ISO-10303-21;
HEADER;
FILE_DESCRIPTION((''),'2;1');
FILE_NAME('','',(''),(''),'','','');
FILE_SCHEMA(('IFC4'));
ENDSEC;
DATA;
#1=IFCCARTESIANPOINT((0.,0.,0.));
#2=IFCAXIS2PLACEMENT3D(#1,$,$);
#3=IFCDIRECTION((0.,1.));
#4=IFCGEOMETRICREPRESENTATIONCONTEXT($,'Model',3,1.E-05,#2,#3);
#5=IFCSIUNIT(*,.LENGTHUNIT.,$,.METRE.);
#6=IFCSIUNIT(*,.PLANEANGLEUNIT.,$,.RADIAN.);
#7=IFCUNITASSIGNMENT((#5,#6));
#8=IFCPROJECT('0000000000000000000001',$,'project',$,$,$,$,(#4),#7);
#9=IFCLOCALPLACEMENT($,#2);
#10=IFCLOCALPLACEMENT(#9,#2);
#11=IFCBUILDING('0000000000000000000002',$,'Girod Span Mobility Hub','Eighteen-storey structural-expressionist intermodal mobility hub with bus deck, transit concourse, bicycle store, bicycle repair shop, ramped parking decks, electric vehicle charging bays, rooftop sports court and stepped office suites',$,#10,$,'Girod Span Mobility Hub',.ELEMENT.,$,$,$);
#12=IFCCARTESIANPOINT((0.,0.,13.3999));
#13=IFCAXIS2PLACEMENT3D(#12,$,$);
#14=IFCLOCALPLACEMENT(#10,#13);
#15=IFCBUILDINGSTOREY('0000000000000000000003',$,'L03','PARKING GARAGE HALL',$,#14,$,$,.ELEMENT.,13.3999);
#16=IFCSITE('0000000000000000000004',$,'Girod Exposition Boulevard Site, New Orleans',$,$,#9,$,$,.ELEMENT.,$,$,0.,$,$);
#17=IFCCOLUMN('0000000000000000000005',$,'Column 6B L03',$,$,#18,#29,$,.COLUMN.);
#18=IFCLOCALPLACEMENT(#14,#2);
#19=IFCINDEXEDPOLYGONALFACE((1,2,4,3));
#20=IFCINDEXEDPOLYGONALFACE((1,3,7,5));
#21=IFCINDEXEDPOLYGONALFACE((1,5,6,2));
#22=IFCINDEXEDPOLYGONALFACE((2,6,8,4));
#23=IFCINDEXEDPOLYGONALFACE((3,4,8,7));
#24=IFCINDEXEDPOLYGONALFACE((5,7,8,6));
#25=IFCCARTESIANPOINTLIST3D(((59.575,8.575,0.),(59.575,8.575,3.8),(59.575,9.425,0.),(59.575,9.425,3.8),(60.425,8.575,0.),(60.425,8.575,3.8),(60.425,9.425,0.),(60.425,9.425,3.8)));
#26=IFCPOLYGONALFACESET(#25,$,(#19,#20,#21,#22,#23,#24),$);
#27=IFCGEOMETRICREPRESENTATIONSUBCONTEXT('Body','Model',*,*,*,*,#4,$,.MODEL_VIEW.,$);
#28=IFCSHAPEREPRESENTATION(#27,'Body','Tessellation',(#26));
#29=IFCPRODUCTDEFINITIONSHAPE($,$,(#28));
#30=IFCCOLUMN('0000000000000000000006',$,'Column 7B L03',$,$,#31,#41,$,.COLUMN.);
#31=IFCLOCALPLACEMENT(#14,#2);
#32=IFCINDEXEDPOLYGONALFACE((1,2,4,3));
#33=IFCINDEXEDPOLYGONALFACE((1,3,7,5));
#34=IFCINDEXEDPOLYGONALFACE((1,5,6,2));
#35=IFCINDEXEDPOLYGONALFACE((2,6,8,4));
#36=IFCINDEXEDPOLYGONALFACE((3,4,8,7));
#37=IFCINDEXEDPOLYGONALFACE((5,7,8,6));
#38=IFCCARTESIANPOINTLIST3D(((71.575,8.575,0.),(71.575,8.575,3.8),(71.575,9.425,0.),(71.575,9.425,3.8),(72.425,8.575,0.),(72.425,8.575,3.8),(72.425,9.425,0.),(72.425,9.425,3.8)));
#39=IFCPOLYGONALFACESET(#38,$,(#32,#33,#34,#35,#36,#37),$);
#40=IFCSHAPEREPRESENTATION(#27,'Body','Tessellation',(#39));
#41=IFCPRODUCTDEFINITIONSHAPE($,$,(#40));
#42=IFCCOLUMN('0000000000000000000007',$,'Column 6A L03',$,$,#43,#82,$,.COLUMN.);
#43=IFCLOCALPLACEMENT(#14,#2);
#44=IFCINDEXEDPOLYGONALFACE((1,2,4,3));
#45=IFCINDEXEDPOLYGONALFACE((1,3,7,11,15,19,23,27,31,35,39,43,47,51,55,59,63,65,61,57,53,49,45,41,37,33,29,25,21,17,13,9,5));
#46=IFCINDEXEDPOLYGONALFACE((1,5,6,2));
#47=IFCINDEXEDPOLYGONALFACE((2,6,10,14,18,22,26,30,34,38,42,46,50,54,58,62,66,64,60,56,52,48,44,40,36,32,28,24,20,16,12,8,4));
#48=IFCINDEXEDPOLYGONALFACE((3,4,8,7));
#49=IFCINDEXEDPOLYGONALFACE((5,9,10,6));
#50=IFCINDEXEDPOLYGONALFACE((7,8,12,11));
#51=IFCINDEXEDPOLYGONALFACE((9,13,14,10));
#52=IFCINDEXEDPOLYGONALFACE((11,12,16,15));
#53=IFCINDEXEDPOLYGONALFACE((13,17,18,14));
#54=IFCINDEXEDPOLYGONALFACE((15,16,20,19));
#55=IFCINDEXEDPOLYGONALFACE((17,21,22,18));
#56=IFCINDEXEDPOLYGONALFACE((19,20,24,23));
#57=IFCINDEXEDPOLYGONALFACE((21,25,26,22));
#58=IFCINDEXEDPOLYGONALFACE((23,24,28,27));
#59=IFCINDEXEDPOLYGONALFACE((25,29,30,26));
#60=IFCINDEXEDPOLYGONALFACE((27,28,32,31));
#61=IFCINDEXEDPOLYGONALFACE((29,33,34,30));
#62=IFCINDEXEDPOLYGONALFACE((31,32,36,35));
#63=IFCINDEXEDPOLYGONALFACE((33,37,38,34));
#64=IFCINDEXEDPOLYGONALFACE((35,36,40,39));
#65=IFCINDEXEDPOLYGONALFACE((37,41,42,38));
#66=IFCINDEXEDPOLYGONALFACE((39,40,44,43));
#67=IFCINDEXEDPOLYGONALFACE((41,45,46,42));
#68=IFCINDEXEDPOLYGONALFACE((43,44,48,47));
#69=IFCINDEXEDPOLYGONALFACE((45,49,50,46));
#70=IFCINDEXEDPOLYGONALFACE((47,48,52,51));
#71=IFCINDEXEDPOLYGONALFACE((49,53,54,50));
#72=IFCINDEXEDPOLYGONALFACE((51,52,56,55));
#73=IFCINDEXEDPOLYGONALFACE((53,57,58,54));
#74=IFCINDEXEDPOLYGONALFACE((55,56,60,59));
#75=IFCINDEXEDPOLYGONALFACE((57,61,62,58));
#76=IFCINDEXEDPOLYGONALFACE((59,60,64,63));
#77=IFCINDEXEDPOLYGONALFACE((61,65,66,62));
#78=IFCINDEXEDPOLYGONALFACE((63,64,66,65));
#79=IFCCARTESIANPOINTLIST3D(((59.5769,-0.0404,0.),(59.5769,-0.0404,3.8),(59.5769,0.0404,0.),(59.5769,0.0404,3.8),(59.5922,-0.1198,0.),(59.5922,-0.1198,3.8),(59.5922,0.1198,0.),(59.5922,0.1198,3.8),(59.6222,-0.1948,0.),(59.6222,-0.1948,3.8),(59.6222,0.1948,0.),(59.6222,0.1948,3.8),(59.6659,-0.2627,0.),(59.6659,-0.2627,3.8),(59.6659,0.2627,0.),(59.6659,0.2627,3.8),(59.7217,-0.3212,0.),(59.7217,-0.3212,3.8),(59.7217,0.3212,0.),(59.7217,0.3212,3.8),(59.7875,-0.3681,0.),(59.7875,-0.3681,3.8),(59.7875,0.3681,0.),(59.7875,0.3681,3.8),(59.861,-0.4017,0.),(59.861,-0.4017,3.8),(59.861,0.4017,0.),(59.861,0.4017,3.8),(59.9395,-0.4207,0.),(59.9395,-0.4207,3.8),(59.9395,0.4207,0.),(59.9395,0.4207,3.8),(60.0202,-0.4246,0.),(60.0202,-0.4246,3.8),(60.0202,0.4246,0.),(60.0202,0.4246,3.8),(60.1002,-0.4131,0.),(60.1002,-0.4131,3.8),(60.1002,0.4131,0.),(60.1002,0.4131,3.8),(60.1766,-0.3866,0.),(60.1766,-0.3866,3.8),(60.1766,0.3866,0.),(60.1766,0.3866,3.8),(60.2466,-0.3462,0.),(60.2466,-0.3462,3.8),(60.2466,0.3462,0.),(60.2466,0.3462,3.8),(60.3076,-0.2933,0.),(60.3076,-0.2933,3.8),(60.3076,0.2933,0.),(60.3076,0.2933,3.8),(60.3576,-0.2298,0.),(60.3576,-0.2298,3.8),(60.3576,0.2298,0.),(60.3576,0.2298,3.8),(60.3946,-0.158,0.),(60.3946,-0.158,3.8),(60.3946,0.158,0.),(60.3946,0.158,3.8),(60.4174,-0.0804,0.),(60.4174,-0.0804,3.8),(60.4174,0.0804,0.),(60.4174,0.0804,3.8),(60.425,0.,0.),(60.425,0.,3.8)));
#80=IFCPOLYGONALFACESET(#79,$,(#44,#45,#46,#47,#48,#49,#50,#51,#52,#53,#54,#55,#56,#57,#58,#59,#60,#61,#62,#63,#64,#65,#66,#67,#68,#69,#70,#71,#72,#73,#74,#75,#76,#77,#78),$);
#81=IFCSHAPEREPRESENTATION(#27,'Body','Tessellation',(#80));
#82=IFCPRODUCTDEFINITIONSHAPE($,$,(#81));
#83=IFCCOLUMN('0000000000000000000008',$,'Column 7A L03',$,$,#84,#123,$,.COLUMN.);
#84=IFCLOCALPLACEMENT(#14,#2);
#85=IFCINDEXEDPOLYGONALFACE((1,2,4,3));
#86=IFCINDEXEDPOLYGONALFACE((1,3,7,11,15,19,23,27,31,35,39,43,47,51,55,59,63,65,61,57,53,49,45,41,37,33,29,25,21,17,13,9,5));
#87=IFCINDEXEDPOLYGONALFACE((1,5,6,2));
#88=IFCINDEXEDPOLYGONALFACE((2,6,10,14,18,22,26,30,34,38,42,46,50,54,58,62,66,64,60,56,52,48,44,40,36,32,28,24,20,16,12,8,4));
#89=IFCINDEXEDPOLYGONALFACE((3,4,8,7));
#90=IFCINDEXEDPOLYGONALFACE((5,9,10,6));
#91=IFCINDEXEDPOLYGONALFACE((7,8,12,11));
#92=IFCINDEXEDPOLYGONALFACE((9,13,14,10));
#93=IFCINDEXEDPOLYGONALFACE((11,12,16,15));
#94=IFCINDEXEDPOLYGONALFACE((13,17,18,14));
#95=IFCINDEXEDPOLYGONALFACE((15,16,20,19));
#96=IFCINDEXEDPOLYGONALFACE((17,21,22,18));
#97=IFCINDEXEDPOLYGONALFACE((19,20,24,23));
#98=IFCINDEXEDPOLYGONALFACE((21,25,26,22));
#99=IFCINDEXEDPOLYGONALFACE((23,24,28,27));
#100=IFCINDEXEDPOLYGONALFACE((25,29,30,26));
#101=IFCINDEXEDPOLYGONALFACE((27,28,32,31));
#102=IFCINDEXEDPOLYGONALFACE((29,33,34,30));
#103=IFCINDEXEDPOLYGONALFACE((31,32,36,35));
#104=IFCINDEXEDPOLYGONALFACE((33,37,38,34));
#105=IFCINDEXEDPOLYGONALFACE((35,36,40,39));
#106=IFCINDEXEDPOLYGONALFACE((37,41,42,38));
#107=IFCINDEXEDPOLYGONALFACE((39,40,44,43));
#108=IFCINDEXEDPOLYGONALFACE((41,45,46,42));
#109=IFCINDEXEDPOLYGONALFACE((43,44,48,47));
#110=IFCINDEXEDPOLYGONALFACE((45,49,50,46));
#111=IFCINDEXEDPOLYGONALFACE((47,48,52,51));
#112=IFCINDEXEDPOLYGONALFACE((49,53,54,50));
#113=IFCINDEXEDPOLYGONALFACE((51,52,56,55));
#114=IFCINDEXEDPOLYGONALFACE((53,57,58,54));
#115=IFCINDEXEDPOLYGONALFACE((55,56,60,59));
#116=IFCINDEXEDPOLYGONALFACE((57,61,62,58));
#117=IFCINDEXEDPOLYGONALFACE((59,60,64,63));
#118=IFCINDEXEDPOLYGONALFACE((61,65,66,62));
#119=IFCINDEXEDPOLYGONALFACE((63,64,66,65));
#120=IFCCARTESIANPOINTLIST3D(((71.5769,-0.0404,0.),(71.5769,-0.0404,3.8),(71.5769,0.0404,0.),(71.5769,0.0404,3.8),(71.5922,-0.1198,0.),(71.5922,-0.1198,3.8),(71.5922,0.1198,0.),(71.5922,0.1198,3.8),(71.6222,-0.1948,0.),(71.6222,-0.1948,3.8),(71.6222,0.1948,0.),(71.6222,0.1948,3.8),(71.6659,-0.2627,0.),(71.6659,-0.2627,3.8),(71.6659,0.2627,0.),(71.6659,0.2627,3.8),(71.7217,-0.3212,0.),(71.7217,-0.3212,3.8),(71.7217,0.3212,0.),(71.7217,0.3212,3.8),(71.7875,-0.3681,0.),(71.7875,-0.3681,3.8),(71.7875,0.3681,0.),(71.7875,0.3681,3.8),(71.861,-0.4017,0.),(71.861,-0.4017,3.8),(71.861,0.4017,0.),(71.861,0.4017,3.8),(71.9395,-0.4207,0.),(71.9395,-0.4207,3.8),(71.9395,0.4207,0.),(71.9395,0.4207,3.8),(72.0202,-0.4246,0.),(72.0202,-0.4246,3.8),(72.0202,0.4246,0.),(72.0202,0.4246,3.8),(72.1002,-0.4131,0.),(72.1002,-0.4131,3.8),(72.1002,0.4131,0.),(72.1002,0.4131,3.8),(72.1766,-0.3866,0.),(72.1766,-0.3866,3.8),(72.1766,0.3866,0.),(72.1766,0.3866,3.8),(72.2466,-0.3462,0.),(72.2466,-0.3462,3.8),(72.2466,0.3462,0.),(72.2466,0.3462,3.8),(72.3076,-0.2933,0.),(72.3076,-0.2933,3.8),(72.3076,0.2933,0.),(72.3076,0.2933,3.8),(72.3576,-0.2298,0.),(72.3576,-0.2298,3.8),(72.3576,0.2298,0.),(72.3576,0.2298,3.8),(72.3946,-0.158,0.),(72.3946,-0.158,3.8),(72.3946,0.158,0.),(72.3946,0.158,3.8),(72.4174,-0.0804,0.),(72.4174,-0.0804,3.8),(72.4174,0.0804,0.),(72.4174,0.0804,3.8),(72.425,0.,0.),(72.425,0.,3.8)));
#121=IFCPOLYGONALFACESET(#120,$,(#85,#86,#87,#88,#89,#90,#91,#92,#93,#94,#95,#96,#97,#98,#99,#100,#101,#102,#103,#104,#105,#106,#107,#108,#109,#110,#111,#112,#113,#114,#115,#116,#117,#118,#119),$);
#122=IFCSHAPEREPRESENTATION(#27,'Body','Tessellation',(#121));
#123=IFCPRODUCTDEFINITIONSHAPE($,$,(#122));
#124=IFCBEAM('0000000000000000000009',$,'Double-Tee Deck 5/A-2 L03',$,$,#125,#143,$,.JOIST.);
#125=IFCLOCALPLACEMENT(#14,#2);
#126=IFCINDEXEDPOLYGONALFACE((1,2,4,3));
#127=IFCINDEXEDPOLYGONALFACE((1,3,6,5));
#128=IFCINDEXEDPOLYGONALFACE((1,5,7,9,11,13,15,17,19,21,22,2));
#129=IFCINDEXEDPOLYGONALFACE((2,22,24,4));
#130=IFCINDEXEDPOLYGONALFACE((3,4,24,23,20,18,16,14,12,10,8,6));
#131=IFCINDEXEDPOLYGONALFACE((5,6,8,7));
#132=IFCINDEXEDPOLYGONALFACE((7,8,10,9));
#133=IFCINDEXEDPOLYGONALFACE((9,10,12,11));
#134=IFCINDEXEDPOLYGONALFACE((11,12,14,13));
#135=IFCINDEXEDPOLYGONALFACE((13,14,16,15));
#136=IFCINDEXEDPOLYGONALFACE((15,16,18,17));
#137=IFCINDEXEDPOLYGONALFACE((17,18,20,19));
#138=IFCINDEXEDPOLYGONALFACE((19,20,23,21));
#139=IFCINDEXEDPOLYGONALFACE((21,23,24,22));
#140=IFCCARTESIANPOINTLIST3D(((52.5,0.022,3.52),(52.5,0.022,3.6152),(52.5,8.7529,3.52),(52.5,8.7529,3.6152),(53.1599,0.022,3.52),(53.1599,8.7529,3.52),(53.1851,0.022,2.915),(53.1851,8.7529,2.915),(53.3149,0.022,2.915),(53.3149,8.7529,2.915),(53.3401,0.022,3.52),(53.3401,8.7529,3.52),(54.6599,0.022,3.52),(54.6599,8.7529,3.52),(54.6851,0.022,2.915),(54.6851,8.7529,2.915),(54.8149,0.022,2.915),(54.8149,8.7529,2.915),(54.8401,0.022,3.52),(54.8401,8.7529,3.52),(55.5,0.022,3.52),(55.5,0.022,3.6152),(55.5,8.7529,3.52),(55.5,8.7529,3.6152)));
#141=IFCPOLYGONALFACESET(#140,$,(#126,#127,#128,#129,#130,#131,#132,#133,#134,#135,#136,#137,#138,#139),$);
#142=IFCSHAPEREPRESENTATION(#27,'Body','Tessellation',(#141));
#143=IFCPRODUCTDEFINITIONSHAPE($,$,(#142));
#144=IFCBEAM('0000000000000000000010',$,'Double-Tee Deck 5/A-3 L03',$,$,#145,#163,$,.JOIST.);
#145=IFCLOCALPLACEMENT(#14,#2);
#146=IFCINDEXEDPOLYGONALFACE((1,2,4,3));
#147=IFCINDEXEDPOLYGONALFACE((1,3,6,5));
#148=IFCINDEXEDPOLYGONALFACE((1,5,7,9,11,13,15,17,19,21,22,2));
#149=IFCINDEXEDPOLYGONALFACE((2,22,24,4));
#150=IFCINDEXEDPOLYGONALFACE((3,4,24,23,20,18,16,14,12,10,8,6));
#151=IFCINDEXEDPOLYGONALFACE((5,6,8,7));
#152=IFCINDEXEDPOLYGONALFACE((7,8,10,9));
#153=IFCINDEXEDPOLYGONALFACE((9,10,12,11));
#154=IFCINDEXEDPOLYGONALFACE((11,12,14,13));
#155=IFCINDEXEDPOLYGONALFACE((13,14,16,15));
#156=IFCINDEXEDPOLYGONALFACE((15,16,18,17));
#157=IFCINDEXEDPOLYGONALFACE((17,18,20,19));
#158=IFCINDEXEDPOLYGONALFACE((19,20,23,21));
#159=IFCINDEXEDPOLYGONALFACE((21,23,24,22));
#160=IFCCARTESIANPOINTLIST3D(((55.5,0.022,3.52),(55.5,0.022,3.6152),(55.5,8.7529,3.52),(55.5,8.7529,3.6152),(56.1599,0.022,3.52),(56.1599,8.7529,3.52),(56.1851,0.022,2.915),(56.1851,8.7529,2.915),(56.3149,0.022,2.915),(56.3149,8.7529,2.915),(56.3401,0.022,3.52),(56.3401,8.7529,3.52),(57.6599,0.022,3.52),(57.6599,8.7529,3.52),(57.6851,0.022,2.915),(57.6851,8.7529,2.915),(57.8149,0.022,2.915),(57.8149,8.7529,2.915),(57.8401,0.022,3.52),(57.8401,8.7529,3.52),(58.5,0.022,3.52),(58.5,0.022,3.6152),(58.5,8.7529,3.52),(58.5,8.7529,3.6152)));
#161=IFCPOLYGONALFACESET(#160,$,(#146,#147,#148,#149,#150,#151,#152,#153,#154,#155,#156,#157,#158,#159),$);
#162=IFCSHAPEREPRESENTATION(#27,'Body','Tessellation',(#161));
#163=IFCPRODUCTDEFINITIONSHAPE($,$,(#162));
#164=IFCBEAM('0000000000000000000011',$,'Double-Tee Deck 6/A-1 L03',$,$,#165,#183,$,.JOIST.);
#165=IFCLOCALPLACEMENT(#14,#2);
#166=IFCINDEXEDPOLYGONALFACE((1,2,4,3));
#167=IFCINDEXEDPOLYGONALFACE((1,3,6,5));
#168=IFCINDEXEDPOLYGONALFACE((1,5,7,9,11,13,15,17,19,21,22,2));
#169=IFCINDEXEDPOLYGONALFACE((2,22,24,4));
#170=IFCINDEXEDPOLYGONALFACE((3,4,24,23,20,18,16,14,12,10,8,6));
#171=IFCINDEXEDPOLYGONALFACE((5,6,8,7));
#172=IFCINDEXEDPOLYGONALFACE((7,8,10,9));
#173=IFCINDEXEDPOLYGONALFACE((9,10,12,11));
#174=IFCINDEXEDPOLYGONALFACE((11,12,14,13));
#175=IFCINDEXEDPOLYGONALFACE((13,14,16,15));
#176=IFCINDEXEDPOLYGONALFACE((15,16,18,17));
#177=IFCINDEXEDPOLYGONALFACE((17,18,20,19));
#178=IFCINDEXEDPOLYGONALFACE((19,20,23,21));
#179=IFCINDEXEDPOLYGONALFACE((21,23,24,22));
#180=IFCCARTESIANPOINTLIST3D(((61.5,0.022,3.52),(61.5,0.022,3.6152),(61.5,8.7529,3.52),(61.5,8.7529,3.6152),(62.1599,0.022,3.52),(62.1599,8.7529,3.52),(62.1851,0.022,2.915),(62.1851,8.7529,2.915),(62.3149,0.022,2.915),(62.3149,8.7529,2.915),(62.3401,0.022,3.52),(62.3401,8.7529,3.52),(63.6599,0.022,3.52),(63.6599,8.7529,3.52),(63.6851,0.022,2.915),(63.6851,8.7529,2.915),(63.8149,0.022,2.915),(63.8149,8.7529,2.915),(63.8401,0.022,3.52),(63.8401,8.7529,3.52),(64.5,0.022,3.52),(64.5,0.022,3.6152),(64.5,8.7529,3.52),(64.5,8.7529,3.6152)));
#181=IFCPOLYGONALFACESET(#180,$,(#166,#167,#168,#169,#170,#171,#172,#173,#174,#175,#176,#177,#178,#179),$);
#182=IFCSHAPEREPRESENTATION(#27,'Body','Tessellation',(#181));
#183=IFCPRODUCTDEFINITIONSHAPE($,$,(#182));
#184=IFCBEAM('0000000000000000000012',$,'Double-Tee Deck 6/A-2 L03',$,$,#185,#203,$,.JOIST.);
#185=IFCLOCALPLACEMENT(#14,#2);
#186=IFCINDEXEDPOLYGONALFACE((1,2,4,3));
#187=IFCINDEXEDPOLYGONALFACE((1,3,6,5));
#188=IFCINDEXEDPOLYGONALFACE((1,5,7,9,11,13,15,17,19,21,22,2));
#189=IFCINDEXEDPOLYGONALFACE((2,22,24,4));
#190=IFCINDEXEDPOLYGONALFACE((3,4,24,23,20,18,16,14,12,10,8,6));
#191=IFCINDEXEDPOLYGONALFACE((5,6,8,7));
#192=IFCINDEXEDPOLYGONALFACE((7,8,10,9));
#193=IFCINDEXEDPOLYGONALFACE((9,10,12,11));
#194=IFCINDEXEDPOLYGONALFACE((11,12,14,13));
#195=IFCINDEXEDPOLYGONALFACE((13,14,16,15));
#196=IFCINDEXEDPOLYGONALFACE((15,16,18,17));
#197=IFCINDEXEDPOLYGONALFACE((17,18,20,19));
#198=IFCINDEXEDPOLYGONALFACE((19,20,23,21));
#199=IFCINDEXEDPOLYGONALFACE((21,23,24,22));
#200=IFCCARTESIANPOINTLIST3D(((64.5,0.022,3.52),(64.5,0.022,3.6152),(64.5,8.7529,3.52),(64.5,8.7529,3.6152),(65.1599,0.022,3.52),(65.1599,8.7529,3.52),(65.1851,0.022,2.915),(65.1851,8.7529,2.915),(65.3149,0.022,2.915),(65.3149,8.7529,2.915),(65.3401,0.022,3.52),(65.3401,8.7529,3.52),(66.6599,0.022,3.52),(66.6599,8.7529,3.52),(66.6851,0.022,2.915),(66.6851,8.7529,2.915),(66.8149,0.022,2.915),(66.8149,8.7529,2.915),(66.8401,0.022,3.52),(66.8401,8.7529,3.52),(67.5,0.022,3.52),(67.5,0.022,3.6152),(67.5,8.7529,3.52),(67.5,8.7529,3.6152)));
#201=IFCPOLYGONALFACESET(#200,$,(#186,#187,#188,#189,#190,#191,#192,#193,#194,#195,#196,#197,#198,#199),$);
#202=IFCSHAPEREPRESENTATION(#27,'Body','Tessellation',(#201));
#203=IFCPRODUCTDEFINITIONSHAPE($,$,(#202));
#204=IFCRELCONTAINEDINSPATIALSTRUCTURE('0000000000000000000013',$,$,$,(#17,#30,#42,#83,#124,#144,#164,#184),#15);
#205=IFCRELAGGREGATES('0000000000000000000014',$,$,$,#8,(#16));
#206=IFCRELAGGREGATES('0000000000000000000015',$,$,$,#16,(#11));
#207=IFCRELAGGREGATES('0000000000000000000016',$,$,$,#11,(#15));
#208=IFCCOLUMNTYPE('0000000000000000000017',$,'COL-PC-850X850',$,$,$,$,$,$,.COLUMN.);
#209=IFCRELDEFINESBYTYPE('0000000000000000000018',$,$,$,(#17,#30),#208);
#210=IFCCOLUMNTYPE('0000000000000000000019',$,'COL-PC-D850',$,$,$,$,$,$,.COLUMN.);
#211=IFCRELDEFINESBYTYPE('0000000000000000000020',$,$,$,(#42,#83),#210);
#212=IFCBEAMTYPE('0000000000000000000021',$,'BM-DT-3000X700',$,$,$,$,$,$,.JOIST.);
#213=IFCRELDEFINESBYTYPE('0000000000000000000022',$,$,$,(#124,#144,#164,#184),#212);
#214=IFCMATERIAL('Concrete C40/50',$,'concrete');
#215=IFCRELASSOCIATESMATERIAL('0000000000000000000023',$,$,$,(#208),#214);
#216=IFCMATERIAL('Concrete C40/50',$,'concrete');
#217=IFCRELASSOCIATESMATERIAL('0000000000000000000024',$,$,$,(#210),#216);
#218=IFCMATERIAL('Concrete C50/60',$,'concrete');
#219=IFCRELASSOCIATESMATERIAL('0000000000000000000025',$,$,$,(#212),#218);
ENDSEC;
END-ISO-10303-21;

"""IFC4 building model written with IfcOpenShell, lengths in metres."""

from ifc_helpers import new_model, si_unit, direction, frame, origin, origin_2d, place, context, subcontext, project, spatial, polyline, rectangle, circle, outline, extrude, material, material_profile, profile_set, type_object, element, save


model = new_model("IFC4")

# Units and contexts
model_context = context("Model", 3, precision=1e-05, world=origin(), true_north=direction((0.0, 1.0)))
body_context = subcontext(model_context, "Body", "Model", "MODEL_VIEW")
ifc_project = project(units=[si_unit("LENGTHUNIT", "METRE"), si_unit("PLANEANGLEUNIT", "RADIAN")], contexts=[model_context])

# Site, building, storey
site_placement = place(None, origin())
site = spatial("IfcSite", under=ifc_project, at=site_placement, Name="Girod Exposition Boulevard Site, New Orleans", CompositionType="ELEMENT", RefElevation=0.0)
building_placement = place(site_placement, origin())
building = spatial("IfcBuilding", under=site, at=building_placement, Name="Girod Span Mobility Hub", Description="Eighteen-storey structural-expressionist intermodal mobility hub with bus deck, transit concourse, bicycle store, bicycle repair shop, ramped parking decks, electric vehicle charging bays, rooftop sports court and stepped office suites", LongName="Girod Span Mobility Hub", CompositionType="ELEMENT")
storey_placement = place(building_placement, frame((0.0, 0.0, 13.3999)))
storey = spatial("IfcBuildingStorey", under=building, at=storey_placement, Name="L03", Description="PARKING GARAGE HALL", CompositionType="ELEMENT", Elevation=13.3999)

# Columns
ifc_material_1 = material(Name="Concrete C40/50", Category="concrete")
ifc_material_profile_1 = material_profile(ifc_material_1, rectangle(XDim=0.8501, YDim=0.8501, at=origin_2d()), Name="PC-COL-850X850")
ifc_profile_set_1 = profile_set([ifc_material_profile_1], Name="Concrete C40/50")
column_type_1 = type_object("IfcColumnType", Name="COL-PC-850X850", PredefinedType="COLUMN", material=ifc_profile_set_1)
for number, where, z_axis, x_axis, name in (
    (1, (60.0, 9.0, 0.0), (0.0, 0.0, 1.0), (1.0, 0.0, 0.0), "Column 6B L03"),
    (2, (72.0, 9.0, 0.0), (0.0, 0.0, 1.0), (1.0, 0.0, 0.0), "Column 7B L03"),
):
    element("IfcColumn", number, at=place(storey_placement, frame(where, z_axis=z_axis, x_axis=x_axis)), inside=storey, type_object=column_type_1, Name=name, PredefinedType="COLUMN", context=body_context, shape_type="SweptSolid", body=[
        extrude(rectangle(XDim=0.8501, YDim=0.8501, at=origin_2d()), origin(), (0.0, 0.0, 1.0), 3.8),
    ])
ifc_material_2 = material(Name="Concrete C40/50", Category="concrete")
ifc_material_profile_2 = material_profile(ifc_material_2, circle(Radius=0.425, at=origin_2d()), Name="PC-CIR-D850")
ifc_profile_set_2 = profile_set([ifc_material_profile_2], Name="Concrete C40/50")
column_type_2 = type_object("IfcColumnType", Name="COL-PC-D850", PredefinedType="COLUMN", material=ifc_profile_set_2)
for number, where, z_axis, x_axis, name in (
    (3, (60.0, 0.0, 0.0), (0.0, 0.0, 1.0), (1.0, 0.0, 0.0), "Column 6A L03"),
    (4, (72.0, 0.0, 0.0), (0.0, 0.0, 1.0), (1.0, 0.0, 0.0), "Column 7A L03"),
):
    element("IfcColumn", number, at=place(storey_placement, frame(where, z_axis=z_axis, x_axis=x_axis)), inside=storey, type_object=column_type_2, Name=name, PredefinedType="COLUMN", context=body_context, shape_type="SweptSolid", body=[
        extrude(circle(Radius=0.425, at=origin_2d()), origin(), (0.0, 0.0, 1.0), 3.8),
    ])

# Beams
ifc_material_3 = material(Name="Concrete C50/60", Category="concrete")
ifc_material_profile_3 = material_profile(ifc_material_3, outline(polyline([(-1.5, 0.3501), (-1.5, 0.2549), (-0.8401, 0.2549), (-0.8149, -0.3501), (-0.6851, -0.3501), (-0.6599, 0.2549), (0.6599, 0.2549), (0.6851, -0.3501), (0.8149, -0.3501), (0.8401, 0.2549), (1.5, 0.2549), (1.5, 0.3501), (-1.5, 0.3501)])), Name="DT-3000X700")
ifc_profile_set_3 = profile_set([ifc_material_profile_3], Name="Concrete C50/60")
beam_type_1 = type_object("IfcBeamType", Name="BM-DT-3000X700", PredefinedType="JOIST", material=ifc_profile_set_3)
for number, where, z_axis, x_axis, name in (
    (5, (54.0, 0.022, 3.2651), (0.0, 1.0, 0.0), (-1.0, 0.0, 0.0), "Double-Tee Deck 5/A-2 L03"),
    (6, (57.0, 0.022, 3.2651), (0.0, 1.0, 0.0), (-1.0, 0.0, 0.0), "Double-Tee Deck 5/A-3 L03"),
    (7, (63.0, 0.022, 3.2651), (0.0, 1.0, 0.0), (-1.0, 0.0, 0.0), "Double-Tee Deck 6/A-1 L03"),
    (8, (66.0, 0.022, 3.2651), (0.0, 1.0, 0.0), (-1.0, 0.0, 0.0), "Double-Tee Deck 6/A-2 L03"),
):
    element("IfcBeam", number, at=place(storey_placement, frame(where, z_axis=z_axis, x_axis=x_axis)), inside=storey, type_object=beam_type_1, Name=name, PredefinedType="JOIST", context=body_context, shape_type="SweptSolid", body=[
        extrude(outline(polyline([(-1.5, 0.3501), (-1.5, 0.2549), (-0.8401, 0.2549), (-0.8149, -0.3501), (-0.6851, -0.3501), (-0.6599, 0.2549), (0.6599, 0.2549), (0.6851, -0.3501), (0.8149, -0.3501), (0.8401, 0.2549), (1.5, 0.2549), (1.5, 0.3501), (-1.5, 0.3501)])), origin(), (0.0, 0.0, 1.0), 8.731),
    ])

save(model, "model.ifc")
